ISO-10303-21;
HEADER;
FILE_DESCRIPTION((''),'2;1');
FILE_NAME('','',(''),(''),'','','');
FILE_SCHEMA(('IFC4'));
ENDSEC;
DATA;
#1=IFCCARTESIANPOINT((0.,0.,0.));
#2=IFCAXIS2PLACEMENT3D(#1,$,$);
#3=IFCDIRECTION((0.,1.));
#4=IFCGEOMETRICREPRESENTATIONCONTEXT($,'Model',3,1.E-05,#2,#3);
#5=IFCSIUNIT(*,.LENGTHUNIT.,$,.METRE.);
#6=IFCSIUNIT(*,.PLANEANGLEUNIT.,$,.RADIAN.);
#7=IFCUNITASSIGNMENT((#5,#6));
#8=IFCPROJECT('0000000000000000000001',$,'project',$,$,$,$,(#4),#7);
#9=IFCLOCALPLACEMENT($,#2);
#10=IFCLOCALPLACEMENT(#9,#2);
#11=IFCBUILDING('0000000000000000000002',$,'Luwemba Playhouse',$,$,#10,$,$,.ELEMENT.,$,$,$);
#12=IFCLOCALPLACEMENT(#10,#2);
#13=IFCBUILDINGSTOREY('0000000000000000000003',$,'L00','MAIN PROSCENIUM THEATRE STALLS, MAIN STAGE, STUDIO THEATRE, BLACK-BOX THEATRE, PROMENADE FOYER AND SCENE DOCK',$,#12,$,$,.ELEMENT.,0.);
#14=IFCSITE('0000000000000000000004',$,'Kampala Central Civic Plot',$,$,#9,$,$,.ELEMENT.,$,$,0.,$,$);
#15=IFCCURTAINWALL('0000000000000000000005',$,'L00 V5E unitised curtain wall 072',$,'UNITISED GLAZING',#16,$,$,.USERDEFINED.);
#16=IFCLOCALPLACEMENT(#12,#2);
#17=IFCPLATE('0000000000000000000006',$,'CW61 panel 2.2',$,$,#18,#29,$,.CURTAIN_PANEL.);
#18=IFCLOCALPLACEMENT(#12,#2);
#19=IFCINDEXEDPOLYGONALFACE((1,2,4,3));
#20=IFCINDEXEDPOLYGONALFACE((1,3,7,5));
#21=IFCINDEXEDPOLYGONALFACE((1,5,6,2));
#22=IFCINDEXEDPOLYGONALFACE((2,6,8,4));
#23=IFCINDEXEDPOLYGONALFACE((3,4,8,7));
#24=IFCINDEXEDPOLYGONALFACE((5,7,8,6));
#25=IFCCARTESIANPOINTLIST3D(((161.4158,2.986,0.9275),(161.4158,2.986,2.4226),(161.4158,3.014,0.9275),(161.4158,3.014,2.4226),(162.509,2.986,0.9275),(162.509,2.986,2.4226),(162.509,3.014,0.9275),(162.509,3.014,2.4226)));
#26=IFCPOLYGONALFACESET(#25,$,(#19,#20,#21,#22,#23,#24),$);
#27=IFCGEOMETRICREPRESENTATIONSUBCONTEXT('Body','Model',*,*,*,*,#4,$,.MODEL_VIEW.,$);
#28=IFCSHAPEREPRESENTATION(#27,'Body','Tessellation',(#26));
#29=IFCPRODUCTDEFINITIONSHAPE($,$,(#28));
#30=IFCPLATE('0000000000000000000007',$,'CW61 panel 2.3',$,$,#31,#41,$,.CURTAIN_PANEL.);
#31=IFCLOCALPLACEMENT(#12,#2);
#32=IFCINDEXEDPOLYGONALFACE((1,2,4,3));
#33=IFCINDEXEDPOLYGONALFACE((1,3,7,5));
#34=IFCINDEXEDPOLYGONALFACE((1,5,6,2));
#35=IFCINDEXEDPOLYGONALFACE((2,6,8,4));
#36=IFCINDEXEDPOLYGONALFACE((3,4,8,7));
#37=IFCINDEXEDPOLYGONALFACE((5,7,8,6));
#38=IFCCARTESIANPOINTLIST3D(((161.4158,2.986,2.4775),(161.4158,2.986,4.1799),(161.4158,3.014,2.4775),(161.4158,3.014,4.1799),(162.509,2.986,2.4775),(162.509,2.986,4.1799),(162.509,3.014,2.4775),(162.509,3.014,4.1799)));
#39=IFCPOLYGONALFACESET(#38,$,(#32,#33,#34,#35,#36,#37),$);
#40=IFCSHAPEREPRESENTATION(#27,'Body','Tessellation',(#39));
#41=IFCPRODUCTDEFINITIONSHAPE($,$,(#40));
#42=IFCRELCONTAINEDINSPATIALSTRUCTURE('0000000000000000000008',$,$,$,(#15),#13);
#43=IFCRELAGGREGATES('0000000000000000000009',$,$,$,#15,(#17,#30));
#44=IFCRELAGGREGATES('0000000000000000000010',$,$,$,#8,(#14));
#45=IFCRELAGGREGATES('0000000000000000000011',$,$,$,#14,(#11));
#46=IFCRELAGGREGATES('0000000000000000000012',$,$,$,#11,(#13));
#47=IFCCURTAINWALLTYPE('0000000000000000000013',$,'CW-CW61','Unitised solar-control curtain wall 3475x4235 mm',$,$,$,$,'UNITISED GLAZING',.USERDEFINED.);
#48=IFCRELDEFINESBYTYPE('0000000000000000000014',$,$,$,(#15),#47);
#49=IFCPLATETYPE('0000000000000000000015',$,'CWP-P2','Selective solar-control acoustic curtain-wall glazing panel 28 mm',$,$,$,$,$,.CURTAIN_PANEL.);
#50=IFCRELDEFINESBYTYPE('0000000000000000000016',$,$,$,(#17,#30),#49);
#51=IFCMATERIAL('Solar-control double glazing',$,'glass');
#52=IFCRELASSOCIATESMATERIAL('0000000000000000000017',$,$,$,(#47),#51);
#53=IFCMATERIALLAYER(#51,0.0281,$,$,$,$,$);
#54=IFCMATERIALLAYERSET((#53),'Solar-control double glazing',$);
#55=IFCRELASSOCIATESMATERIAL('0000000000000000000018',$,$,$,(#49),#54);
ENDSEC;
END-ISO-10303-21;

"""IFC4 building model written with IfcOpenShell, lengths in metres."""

from ifc_helpers import new_model, si_unit, direction, frame, origin, origin_2d, place, context, subcontext, project, spatial, rectangle, extrude, material, layer, layer_set, type_object, element, aggregate, save


model = new_model("IFC4")

# Units and contexts
model_context = context("Model", 3, precision=1e-05, world=origin(), true_north=direction((0.0, 1.0)))
body_context = subcontext(model_context, "Body", "Model", "MODEL_VIEW")
ifc_project = project(units=[si_unit("LENGTHUNIT", "METRE"), si_unit("PLANEANGLEUNIT", "RADIAN")], contexts=[model_context])

# Site, building, storey
site_placement = place(None, origin())
site = spatial("IfcSite", under=ifc_project, at=site_placement, Name="Kampala Central Civic Plot", CompositionType="ELEMENT", RefElevation=0.0)
building_placement = place(site_placement, origin())
building = spatial("IfcBuilding", under=site, at=building_placement, Name="Luwemba Playhouse", CompositionType="ELEMENT")
storey_placement = place(building_placement, origin())
storey = spatial("IfcBuildingStorey", under=building, at=storey_placement, Name="L00", Description="MAIN PROSCENIUM THEATRE STALLS, MAIN STAGE, STUDIO THEATRE, BLACK-BOX THEATRE, PROMENADE FOYER AND SCENE DOCK", CompositionType="ELEMENT", Elevation=0.0)

# Curtain wall, plates
ifc_material_1 = material(Name="Solar-control double glazing", Category="glass")
curtain_wall_type = type_object("IfcCurtainWallType", Name="CW-CW61", Description="Unitised solar-control curtain wall 3475x4235 mm", ElementType="UNITISED GLAZING", PredefinedType="USERDEFINED", material=ifc_material_1)
curtain_wall_placement = place(storey_placement, origin())
curtain_wall = element("IfcCurtainWall", 1, at=curtain_wall_placement, inside=storey, type_object=curtain_wall_type, Name="L00 V5E unitised curtain wall 072", ObjectType="UNITISED GLAZING", PredefinedType="USERDEFINED")
ifc_layer = layer(ifc_material_1, 0.0281)
ifc_layer_set = layer_set([ifc_layer], Name="Solar-control double glazing")
plate_type = type_object("IfcPlateType", Name="CWP-P2", Description="Selective solar-control acoustic curtain-wall glazing panel 28 mm", PredefinedType="CURTAIN_PANEL", material=ifc_layer_set)
plate_1_placement = place(storey_placement, frame((161.9624, 3.0, 0.9275), z_axis=(0.0, 0.0, 1.0), x_axis=(-1.0, 0.0, 0.0)))
plate_1 = element("IfcPlate", 2, at=plate_1_placement, type_object=plate_type, Name="CW61 panel 2.2", PredefinedType="CURTAIN_PANEL", context=body_context, shape_type="SweptSolid", body=[
    extrude(rectangle(XDim=1.0933, YDim=0.0281, at=origin_2d()), origin(), (0.0, 0.0, 1.0), 1.4951),
])
plate_2_placement = place(storey_placement, frame((161.9624, 3.0, 2.4775), z_axis=(0.0, 0.0, 1.0), x_axis=(-1.0, 0.0, 0.0)))
plate_2 = element("IfcPlate", 3, at=plate_2_placement, type_object=plate_type, Name="CW61 panel 2.3", PredefinedType="CURTAIN_PANEL", context=body_context, shape_type="SweptSolid", body=[
    extrude(rectangle(XDim=1.0933, YDim=0.0281, at=origin_2d()), origin(), (0.0, 0.0, 1.0), 1.7024),
])
aggregate(curtain_wall, [plate_1, plate_2])

save(model, "model.ifc")
